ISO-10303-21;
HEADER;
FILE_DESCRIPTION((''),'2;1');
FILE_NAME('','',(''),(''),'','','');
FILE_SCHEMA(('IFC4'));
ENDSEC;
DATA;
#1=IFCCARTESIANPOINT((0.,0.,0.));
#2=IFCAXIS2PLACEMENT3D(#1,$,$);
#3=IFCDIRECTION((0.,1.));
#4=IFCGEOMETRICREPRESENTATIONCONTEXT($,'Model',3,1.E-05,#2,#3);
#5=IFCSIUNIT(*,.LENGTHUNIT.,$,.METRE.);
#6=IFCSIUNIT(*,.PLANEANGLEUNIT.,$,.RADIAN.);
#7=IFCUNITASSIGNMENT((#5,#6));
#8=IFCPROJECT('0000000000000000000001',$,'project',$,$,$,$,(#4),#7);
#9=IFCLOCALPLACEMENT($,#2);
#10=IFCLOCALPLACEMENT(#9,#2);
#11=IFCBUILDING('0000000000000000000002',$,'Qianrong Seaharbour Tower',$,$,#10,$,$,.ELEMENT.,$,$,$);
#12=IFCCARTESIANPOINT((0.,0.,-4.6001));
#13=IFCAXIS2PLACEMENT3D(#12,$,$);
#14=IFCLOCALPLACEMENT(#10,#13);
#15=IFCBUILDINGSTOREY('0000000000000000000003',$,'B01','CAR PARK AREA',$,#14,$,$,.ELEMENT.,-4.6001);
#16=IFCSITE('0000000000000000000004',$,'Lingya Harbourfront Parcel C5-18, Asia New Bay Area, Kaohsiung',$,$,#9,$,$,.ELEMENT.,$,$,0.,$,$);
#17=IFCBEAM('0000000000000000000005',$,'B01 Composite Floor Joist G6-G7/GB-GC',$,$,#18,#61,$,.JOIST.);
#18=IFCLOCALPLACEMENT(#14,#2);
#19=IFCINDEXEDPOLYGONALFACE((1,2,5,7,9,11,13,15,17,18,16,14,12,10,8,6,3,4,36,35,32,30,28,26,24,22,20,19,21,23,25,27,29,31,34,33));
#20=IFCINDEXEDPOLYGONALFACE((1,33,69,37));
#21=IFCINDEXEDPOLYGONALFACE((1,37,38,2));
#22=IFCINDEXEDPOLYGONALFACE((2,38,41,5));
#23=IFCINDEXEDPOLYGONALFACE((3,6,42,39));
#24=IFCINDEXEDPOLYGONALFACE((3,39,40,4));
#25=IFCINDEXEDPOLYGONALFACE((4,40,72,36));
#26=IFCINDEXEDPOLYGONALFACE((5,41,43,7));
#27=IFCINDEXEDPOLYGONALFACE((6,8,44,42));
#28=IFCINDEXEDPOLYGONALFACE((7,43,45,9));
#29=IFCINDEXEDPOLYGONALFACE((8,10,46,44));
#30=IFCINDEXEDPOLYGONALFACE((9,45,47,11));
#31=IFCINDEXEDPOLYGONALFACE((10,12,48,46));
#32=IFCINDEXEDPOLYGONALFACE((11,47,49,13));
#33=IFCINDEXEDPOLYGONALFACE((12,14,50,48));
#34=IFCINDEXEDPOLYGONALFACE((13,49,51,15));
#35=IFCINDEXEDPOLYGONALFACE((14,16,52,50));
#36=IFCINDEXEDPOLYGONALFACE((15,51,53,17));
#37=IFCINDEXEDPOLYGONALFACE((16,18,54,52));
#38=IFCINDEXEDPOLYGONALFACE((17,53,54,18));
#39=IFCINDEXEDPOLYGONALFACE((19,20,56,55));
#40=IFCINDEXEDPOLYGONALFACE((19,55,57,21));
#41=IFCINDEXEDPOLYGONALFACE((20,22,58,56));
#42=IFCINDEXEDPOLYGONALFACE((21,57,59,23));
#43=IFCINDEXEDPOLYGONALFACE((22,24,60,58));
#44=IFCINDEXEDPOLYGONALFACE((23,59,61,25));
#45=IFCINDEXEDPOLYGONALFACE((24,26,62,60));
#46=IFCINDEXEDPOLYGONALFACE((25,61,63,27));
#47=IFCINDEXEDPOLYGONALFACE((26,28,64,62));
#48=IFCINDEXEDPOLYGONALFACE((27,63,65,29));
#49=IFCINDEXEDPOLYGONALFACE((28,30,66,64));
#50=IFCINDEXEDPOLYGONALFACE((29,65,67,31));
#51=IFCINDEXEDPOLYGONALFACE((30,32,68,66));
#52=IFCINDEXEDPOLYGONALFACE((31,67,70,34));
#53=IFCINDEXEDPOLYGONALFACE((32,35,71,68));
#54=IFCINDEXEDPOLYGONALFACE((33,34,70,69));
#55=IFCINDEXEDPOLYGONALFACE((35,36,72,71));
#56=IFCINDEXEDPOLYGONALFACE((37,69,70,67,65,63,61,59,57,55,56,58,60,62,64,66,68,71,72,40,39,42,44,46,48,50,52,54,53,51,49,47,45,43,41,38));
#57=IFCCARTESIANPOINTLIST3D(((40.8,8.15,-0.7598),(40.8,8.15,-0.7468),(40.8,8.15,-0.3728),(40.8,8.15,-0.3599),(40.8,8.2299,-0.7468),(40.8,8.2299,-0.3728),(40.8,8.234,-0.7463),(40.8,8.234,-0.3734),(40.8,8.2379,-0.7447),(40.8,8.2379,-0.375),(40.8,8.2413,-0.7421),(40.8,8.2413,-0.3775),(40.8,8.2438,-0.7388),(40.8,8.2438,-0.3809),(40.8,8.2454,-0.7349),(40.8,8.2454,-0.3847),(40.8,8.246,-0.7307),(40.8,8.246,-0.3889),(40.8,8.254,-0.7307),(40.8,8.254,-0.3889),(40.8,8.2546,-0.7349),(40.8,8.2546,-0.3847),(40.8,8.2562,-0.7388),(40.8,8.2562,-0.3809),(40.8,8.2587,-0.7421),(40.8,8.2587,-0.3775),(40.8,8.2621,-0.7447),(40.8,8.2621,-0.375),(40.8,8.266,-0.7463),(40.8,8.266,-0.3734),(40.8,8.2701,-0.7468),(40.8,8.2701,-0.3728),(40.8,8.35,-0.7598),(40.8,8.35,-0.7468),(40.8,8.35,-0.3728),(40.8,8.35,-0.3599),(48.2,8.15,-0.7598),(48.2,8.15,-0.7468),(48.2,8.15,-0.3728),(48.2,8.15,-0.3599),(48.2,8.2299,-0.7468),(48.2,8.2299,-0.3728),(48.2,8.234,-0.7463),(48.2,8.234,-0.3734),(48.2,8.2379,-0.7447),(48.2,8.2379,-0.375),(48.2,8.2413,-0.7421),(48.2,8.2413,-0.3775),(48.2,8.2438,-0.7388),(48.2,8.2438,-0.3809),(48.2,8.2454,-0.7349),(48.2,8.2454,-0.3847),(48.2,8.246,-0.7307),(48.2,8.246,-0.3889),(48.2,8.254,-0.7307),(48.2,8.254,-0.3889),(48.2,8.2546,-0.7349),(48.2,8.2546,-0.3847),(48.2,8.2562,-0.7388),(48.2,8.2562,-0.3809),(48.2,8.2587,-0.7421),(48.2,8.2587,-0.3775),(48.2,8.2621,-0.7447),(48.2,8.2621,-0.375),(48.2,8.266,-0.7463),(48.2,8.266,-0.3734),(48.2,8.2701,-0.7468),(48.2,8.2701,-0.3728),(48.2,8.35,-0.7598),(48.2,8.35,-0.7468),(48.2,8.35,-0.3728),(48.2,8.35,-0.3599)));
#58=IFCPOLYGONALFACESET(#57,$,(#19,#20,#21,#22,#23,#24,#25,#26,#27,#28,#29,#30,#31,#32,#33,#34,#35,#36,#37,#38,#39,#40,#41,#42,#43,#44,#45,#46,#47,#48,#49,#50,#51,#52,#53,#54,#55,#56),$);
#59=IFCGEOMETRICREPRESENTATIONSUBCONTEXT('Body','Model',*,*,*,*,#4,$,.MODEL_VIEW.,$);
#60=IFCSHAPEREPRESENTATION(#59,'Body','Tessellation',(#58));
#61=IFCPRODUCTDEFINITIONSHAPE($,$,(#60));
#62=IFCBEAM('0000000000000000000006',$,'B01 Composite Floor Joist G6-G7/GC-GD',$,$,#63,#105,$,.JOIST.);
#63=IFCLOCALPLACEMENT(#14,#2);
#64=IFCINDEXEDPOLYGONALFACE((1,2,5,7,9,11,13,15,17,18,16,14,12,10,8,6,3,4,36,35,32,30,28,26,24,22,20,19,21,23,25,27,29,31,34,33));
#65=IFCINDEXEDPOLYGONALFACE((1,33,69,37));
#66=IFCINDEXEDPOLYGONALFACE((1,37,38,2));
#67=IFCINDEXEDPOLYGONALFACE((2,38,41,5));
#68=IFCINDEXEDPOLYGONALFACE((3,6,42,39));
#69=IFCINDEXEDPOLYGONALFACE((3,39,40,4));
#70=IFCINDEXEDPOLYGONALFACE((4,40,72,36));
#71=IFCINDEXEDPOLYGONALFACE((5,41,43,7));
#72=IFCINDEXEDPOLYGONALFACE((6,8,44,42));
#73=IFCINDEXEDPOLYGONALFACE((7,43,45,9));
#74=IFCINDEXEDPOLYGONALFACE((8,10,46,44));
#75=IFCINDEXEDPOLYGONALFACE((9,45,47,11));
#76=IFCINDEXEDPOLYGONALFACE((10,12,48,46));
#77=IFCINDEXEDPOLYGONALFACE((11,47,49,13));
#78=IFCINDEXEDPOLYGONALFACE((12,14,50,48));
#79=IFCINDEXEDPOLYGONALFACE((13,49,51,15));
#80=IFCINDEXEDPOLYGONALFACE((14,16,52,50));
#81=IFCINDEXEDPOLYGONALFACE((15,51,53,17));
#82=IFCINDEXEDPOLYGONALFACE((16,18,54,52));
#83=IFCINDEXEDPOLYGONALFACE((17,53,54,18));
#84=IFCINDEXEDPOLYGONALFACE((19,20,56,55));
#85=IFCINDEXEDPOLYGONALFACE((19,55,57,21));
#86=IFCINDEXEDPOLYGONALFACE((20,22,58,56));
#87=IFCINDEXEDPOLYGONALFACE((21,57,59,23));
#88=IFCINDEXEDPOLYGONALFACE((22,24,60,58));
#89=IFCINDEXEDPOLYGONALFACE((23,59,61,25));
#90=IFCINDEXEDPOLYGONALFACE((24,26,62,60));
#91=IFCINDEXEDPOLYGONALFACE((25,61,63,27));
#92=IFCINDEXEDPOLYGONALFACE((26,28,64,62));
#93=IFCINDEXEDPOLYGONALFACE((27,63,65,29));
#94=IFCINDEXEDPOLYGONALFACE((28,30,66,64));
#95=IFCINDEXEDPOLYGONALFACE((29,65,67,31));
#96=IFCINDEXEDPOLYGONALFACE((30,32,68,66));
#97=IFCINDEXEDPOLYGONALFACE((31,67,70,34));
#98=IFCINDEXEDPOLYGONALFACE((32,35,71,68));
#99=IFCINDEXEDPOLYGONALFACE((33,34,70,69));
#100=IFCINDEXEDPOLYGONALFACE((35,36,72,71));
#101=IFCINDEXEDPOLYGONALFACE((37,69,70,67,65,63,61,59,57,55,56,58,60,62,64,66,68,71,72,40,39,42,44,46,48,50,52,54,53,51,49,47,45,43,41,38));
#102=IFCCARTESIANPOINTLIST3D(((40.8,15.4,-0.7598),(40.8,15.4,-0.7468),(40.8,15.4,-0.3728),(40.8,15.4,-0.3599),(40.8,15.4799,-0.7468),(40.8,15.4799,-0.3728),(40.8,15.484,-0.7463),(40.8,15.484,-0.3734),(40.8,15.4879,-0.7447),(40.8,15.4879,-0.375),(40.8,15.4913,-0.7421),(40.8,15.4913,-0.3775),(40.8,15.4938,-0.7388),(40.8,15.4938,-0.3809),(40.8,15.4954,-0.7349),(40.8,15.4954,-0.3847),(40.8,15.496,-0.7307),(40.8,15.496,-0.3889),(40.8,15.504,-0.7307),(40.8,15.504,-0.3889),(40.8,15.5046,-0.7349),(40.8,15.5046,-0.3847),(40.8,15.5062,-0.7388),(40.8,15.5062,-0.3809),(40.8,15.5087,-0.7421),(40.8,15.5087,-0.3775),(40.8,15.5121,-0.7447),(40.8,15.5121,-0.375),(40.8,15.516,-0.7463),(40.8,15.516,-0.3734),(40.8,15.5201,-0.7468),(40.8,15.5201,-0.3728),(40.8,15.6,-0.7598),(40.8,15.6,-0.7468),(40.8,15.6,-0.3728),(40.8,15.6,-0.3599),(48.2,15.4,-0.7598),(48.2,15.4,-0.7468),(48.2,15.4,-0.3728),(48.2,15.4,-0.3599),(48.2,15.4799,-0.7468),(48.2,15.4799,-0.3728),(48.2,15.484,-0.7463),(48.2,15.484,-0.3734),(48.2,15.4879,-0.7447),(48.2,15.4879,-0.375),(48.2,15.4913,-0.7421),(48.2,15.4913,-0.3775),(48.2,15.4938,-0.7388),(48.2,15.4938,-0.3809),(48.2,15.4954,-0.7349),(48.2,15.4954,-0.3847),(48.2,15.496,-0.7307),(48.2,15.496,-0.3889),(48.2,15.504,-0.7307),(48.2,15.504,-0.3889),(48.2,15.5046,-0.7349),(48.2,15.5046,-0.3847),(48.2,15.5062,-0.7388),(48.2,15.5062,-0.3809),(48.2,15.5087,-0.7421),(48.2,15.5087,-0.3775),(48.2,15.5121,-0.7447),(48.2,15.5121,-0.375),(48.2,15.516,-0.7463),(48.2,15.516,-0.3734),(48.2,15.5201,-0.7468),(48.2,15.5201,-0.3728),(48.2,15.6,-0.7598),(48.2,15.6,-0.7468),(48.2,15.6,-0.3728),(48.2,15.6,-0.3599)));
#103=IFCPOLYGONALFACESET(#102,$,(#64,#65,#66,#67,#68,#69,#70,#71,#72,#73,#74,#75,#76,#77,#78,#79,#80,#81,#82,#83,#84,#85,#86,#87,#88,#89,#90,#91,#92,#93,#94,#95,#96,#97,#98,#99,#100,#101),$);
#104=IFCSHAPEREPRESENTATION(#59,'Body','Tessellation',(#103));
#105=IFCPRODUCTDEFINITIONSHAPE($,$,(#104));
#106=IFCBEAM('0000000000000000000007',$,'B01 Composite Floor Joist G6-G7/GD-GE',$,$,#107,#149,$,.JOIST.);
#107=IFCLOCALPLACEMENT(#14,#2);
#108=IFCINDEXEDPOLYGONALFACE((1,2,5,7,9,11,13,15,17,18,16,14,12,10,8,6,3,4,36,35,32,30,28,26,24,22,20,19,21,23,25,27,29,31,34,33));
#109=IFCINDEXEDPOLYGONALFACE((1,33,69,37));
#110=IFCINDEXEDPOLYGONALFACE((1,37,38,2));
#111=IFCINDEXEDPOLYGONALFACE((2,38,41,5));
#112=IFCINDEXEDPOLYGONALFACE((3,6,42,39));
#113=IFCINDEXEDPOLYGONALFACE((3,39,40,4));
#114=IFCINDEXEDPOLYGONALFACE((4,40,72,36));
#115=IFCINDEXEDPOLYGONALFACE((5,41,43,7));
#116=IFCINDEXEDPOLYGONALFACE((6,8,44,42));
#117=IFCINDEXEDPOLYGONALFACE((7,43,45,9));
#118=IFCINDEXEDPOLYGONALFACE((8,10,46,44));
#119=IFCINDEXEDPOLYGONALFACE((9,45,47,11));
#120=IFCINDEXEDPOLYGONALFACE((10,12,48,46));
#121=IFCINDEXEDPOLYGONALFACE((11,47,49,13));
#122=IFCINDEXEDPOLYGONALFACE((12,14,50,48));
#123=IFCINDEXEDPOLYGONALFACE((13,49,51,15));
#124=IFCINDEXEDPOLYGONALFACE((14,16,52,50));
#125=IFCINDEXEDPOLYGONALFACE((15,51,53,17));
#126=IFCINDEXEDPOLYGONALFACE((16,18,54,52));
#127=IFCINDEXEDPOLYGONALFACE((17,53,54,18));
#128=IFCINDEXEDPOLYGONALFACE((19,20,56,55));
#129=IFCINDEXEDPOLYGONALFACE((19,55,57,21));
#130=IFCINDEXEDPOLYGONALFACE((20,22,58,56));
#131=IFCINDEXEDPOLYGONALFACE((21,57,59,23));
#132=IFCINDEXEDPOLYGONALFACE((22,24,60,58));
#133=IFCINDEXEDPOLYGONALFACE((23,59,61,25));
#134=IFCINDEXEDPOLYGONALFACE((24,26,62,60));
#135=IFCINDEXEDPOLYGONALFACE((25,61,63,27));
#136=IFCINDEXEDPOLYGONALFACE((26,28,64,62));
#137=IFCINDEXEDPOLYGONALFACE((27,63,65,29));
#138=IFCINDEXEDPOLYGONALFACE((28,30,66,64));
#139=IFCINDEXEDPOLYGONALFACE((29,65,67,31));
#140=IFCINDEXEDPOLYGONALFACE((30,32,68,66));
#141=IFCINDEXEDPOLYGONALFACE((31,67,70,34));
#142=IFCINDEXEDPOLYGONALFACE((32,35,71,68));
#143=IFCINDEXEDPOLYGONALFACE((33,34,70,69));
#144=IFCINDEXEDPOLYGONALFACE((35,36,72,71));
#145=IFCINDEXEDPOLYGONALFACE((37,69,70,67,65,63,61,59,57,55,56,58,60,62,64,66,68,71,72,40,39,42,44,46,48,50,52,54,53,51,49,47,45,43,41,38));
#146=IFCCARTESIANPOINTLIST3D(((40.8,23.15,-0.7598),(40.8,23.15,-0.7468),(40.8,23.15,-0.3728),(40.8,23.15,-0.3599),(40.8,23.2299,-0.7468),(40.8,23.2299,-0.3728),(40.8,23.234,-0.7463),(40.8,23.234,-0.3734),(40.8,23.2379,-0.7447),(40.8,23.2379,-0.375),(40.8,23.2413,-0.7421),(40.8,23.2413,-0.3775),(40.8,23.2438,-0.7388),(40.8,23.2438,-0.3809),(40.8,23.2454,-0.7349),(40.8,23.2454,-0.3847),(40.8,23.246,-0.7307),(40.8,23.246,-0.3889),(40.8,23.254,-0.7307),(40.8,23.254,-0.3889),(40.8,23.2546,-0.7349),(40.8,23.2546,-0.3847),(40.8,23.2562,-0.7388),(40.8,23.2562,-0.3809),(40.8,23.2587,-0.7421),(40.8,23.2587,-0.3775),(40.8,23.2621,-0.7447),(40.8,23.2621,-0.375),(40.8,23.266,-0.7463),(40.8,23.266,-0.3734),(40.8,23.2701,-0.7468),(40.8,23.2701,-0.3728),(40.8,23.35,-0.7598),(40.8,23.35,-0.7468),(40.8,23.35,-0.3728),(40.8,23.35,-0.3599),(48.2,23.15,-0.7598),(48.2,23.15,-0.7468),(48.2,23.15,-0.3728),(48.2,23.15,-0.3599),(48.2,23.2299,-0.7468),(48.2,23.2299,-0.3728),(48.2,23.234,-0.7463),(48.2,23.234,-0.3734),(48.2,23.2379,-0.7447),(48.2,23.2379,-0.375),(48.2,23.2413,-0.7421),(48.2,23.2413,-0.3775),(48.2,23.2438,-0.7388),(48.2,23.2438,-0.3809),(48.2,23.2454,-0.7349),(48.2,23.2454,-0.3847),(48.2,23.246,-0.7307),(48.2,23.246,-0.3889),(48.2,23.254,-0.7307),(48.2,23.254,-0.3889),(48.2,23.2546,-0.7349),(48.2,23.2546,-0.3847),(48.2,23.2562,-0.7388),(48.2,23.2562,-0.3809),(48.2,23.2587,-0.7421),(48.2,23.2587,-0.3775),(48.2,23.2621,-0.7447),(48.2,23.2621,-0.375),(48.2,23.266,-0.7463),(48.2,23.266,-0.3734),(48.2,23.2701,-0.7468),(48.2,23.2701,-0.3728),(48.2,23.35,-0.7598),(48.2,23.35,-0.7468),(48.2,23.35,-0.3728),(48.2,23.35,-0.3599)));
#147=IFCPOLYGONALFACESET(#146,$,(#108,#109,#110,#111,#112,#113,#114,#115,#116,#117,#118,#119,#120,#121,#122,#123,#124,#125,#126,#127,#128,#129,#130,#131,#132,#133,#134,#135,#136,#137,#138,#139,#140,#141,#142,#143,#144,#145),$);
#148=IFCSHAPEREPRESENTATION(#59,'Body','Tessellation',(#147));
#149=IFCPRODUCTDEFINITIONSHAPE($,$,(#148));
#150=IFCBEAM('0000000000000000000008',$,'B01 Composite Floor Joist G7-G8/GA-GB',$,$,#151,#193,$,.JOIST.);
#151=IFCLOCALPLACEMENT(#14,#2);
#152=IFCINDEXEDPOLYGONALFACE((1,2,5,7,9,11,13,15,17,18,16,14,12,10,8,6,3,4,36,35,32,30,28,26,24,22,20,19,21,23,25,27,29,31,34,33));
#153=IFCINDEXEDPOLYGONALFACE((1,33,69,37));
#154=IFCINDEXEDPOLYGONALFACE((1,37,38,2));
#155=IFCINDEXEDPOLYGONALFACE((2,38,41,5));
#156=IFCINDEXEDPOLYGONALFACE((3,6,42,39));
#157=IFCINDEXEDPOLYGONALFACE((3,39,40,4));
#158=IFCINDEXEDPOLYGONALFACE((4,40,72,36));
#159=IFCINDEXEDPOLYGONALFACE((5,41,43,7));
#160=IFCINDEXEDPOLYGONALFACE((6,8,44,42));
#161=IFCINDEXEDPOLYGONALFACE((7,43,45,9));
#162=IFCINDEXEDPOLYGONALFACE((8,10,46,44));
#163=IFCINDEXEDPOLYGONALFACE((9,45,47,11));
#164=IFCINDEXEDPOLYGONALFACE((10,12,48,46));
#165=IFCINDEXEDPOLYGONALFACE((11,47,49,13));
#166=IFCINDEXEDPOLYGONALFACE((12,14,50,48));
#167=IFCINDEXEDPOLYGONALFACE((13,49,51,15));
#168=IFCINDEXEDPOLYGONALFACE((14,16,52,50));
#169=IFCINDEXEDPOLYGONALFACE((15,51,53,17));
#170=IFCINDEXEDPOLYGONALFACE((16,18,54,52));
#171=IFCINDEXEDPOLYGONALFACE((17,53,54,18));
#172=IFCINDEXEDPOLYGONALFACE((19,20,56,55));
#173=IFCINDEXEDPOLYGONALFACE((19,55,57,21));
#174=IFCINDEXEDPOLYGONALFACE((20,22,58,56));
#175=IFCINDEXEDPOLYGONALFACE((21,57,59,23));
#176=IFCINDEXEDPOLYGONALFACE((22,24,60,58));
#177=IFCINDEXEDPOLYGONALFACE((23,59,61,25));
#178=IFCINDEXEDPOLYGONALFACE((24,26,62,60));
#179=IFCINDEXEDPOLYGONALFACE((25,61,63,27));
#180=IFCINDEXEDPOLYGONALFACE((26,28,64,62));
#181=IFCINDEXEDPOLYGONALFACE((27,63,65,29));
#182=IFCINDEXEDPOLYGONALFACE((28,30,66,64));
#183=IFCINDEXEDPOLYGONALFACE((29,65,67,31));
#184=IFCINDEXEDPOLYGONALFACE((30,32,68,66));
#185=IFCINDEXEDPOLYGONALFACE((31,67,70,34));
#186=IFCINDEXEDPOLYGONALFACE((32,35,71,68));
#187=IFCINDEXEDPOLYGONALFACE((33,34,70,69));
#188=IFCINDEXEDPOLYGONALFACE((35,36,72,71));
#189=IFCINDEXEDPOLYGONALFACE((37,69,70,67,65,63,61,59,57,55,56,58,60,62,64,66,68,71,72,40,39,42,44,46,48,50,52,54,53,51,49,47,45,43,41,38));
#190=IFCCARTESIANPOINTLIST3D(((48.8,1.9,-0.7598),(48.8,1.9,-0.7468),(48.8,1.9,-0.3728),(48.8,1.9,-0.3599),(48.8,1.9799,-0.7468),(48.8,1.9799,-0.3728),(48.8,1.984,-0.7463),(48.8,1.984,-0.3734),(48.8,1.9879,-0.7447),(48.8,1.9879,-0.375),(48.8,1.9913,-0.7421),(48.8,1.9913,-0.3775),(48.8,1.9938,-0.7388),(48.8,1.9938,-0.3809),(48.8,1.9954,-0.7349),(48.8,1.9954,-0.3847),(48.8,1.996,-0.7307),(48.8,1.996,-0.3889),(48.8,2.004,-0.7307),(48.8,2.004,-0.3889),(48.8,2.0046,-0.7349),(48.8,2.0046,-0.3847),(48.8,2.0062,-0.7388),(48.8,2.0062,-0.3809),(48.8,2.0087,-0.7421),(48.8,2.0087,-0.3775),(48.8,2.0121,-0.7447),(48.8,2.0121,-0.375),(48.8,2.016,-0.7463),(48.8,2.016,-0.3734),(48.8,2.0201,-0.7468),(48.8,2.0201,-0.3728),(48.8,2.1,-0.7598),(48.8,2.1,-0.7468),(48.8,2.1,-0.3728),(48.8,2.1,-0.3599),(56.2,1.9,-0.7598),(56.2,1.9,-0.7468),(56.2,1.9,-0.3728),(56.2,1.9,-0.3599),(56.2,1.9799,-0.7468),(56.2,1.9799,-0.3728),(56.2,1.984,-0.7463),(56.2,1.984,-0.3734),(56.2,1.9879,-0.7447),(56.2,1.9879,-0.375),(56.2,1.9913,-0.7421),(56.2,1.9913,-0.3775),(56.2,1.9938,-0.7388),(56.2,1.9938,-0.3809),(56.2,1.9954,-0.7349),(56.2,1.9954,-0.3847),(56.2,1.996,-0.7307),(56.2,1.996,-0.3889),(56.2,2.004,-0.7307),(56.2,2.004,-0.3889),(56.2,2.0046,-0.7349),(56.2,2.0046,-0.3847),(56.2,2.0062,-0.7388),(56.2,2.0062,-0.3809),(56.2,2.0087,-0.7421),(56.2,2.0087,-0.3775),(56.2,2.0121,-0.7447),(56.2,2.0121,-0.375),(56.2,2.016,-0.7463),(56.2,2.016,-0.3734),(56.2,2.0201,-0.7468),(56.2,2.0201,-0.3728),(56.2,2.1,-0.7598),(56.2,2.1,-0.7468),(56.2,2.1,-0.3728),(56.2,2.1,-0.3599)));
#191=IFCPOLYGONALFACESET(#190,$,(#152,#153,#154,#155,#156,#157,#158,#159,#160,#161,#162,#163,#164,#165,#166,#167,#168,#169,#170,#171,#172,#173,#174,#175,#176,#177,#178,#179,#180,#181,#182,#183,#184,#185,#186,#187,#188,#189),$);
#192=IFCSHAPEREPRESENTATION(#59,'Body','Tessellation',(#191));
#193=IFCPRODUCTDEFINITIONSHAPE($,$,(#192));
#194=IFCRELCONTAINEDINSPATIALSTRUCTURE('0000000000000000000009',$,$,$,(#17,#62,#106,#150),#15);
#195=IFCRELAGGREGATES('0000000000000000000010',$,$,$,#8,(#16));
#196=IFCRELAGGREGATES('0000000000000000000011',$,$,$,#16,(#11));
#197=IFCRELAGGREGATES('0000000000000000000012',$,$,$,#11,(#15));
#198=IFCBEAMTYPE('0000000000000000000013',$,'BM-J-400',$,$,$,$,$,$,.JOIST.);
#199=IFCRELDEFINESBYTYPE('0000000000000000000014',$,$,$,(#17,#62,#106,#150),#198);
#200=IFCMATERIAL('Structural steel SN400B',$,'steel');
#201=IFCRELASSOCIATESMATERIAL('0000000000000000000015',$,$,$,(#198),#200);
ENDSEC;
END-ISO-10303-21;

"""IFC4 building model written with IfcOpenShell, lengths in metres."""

from ifc_helpers import new_model, si_unit, direction, frame, origin, origin_2d, place, context, subcontext, project, spatial, i_section, extrude, material, material_profile, profile_set, type_object, element, save


model = new_model("IFC4")

# Units and contexts
model_context = context("Model", 3, precision=1e-05, world=origin(), true_north=direction((0.0, 1.0)))
body_context = subcontext(model_context, "Body", "Model", "MODEL_VIEW")
ifc_project = project(units=[si_unit("LENGTHUNIT", "METRE"), si_unit("PLANEANGLEUNIT", "RADIAN")], contexts=[model_context])

# Site, building, storey
site_placement = place(None, origin())
site = spatial("IfcSite", under=ifc_project, at=site_placement, Name="Lingya Harbourfront Parcel C5-18, Asia New Bay Area, Kaohsiung", CompositionType="ELEMENT", RefElevation=0.0)
building_placement = place(site_placement, origin())
building = spatial("IfcBuilding", under=site, at=building_placement, Name="Qianrong Seaharbour Tower", CompositionType="ELEMENT")
storey_placement = place(building_placement, frame((0.0, 0.0, -4.6001)))
storey = spatial("IfcBuildingStorey", under=building, at=storey_placement, Name="B01", Description="CAR PARK AREA", CompositionType="ELEMENT", Elevation=-4.6001)

# Beams
ifc_material_1 = material(Name="Structural steel SN400B", Category="steel")
ifc_material_profile_1 = material_profile(ifc_material_1, i_section(OverallWidth=0.2, OverallDepth=0.3999, WebThickness=0.0081, FlangeThickness=0.0129, FilletRadius=0.0161, at=origin_2d()), Name="H400x200x8x13")
ifc_profile_set_1 = profile_set([ifc_material_profile_1], Name="Structural steel SN400B")
beam_type_1 = type_object("IfcBeamType", Name="BM-J-400", PredefinedType="JOIST", material=ifc_profile_set_1)
for number, where, z_axis, x_axis, name in (
    (1, (40.8, 8.25, -0.5598), (1.0, 0.0, 0.0), (0.0, 1.0, 0.0), "B01 Composite Floor Joist G6-G7/GB-GC"),
    (2, (40.8, 15.5, -0.5598), (1.0, 0.0, 0.0), (0.0, 1.0, 0.0), "B01 Composite Floor Joist G6-G7/GC-GD"),
    (3, (40.8, 23.25, -0.5598), (1.0, 0.0, 0.0), (0.0, 1.0, 0.0), "B01 Composite Floor Joist G6-G7/GD-GE"),
    (4, (48.8, 2.0, -0.5598), (1.0, 0.0, 0.0), (0.0, 1.0, 0.0), "B01 Composite Floor Joist G7-G8/GA-GB"),
):
    element("IfcBeam", number, at=place(storey_placement, frame(where, z_axis=z_axis, x_axis=x_axis)), inside=storey, type_object=beam_type_1, Name=name, PredefinedType="JOIST", context=body_context, shape_type="SweptSolid", body=[
        extrude(i_section(OverallWidth=0.2, OverallDepth=0.3999, WebThickness=0.0081, FlangeThickness=0.0129, FilletRadius=0.0161, at=origin_2d()), origin(), (0.0, 0.0, 1.0), 7.3999),
    ])

save(model, "model.ifc")
